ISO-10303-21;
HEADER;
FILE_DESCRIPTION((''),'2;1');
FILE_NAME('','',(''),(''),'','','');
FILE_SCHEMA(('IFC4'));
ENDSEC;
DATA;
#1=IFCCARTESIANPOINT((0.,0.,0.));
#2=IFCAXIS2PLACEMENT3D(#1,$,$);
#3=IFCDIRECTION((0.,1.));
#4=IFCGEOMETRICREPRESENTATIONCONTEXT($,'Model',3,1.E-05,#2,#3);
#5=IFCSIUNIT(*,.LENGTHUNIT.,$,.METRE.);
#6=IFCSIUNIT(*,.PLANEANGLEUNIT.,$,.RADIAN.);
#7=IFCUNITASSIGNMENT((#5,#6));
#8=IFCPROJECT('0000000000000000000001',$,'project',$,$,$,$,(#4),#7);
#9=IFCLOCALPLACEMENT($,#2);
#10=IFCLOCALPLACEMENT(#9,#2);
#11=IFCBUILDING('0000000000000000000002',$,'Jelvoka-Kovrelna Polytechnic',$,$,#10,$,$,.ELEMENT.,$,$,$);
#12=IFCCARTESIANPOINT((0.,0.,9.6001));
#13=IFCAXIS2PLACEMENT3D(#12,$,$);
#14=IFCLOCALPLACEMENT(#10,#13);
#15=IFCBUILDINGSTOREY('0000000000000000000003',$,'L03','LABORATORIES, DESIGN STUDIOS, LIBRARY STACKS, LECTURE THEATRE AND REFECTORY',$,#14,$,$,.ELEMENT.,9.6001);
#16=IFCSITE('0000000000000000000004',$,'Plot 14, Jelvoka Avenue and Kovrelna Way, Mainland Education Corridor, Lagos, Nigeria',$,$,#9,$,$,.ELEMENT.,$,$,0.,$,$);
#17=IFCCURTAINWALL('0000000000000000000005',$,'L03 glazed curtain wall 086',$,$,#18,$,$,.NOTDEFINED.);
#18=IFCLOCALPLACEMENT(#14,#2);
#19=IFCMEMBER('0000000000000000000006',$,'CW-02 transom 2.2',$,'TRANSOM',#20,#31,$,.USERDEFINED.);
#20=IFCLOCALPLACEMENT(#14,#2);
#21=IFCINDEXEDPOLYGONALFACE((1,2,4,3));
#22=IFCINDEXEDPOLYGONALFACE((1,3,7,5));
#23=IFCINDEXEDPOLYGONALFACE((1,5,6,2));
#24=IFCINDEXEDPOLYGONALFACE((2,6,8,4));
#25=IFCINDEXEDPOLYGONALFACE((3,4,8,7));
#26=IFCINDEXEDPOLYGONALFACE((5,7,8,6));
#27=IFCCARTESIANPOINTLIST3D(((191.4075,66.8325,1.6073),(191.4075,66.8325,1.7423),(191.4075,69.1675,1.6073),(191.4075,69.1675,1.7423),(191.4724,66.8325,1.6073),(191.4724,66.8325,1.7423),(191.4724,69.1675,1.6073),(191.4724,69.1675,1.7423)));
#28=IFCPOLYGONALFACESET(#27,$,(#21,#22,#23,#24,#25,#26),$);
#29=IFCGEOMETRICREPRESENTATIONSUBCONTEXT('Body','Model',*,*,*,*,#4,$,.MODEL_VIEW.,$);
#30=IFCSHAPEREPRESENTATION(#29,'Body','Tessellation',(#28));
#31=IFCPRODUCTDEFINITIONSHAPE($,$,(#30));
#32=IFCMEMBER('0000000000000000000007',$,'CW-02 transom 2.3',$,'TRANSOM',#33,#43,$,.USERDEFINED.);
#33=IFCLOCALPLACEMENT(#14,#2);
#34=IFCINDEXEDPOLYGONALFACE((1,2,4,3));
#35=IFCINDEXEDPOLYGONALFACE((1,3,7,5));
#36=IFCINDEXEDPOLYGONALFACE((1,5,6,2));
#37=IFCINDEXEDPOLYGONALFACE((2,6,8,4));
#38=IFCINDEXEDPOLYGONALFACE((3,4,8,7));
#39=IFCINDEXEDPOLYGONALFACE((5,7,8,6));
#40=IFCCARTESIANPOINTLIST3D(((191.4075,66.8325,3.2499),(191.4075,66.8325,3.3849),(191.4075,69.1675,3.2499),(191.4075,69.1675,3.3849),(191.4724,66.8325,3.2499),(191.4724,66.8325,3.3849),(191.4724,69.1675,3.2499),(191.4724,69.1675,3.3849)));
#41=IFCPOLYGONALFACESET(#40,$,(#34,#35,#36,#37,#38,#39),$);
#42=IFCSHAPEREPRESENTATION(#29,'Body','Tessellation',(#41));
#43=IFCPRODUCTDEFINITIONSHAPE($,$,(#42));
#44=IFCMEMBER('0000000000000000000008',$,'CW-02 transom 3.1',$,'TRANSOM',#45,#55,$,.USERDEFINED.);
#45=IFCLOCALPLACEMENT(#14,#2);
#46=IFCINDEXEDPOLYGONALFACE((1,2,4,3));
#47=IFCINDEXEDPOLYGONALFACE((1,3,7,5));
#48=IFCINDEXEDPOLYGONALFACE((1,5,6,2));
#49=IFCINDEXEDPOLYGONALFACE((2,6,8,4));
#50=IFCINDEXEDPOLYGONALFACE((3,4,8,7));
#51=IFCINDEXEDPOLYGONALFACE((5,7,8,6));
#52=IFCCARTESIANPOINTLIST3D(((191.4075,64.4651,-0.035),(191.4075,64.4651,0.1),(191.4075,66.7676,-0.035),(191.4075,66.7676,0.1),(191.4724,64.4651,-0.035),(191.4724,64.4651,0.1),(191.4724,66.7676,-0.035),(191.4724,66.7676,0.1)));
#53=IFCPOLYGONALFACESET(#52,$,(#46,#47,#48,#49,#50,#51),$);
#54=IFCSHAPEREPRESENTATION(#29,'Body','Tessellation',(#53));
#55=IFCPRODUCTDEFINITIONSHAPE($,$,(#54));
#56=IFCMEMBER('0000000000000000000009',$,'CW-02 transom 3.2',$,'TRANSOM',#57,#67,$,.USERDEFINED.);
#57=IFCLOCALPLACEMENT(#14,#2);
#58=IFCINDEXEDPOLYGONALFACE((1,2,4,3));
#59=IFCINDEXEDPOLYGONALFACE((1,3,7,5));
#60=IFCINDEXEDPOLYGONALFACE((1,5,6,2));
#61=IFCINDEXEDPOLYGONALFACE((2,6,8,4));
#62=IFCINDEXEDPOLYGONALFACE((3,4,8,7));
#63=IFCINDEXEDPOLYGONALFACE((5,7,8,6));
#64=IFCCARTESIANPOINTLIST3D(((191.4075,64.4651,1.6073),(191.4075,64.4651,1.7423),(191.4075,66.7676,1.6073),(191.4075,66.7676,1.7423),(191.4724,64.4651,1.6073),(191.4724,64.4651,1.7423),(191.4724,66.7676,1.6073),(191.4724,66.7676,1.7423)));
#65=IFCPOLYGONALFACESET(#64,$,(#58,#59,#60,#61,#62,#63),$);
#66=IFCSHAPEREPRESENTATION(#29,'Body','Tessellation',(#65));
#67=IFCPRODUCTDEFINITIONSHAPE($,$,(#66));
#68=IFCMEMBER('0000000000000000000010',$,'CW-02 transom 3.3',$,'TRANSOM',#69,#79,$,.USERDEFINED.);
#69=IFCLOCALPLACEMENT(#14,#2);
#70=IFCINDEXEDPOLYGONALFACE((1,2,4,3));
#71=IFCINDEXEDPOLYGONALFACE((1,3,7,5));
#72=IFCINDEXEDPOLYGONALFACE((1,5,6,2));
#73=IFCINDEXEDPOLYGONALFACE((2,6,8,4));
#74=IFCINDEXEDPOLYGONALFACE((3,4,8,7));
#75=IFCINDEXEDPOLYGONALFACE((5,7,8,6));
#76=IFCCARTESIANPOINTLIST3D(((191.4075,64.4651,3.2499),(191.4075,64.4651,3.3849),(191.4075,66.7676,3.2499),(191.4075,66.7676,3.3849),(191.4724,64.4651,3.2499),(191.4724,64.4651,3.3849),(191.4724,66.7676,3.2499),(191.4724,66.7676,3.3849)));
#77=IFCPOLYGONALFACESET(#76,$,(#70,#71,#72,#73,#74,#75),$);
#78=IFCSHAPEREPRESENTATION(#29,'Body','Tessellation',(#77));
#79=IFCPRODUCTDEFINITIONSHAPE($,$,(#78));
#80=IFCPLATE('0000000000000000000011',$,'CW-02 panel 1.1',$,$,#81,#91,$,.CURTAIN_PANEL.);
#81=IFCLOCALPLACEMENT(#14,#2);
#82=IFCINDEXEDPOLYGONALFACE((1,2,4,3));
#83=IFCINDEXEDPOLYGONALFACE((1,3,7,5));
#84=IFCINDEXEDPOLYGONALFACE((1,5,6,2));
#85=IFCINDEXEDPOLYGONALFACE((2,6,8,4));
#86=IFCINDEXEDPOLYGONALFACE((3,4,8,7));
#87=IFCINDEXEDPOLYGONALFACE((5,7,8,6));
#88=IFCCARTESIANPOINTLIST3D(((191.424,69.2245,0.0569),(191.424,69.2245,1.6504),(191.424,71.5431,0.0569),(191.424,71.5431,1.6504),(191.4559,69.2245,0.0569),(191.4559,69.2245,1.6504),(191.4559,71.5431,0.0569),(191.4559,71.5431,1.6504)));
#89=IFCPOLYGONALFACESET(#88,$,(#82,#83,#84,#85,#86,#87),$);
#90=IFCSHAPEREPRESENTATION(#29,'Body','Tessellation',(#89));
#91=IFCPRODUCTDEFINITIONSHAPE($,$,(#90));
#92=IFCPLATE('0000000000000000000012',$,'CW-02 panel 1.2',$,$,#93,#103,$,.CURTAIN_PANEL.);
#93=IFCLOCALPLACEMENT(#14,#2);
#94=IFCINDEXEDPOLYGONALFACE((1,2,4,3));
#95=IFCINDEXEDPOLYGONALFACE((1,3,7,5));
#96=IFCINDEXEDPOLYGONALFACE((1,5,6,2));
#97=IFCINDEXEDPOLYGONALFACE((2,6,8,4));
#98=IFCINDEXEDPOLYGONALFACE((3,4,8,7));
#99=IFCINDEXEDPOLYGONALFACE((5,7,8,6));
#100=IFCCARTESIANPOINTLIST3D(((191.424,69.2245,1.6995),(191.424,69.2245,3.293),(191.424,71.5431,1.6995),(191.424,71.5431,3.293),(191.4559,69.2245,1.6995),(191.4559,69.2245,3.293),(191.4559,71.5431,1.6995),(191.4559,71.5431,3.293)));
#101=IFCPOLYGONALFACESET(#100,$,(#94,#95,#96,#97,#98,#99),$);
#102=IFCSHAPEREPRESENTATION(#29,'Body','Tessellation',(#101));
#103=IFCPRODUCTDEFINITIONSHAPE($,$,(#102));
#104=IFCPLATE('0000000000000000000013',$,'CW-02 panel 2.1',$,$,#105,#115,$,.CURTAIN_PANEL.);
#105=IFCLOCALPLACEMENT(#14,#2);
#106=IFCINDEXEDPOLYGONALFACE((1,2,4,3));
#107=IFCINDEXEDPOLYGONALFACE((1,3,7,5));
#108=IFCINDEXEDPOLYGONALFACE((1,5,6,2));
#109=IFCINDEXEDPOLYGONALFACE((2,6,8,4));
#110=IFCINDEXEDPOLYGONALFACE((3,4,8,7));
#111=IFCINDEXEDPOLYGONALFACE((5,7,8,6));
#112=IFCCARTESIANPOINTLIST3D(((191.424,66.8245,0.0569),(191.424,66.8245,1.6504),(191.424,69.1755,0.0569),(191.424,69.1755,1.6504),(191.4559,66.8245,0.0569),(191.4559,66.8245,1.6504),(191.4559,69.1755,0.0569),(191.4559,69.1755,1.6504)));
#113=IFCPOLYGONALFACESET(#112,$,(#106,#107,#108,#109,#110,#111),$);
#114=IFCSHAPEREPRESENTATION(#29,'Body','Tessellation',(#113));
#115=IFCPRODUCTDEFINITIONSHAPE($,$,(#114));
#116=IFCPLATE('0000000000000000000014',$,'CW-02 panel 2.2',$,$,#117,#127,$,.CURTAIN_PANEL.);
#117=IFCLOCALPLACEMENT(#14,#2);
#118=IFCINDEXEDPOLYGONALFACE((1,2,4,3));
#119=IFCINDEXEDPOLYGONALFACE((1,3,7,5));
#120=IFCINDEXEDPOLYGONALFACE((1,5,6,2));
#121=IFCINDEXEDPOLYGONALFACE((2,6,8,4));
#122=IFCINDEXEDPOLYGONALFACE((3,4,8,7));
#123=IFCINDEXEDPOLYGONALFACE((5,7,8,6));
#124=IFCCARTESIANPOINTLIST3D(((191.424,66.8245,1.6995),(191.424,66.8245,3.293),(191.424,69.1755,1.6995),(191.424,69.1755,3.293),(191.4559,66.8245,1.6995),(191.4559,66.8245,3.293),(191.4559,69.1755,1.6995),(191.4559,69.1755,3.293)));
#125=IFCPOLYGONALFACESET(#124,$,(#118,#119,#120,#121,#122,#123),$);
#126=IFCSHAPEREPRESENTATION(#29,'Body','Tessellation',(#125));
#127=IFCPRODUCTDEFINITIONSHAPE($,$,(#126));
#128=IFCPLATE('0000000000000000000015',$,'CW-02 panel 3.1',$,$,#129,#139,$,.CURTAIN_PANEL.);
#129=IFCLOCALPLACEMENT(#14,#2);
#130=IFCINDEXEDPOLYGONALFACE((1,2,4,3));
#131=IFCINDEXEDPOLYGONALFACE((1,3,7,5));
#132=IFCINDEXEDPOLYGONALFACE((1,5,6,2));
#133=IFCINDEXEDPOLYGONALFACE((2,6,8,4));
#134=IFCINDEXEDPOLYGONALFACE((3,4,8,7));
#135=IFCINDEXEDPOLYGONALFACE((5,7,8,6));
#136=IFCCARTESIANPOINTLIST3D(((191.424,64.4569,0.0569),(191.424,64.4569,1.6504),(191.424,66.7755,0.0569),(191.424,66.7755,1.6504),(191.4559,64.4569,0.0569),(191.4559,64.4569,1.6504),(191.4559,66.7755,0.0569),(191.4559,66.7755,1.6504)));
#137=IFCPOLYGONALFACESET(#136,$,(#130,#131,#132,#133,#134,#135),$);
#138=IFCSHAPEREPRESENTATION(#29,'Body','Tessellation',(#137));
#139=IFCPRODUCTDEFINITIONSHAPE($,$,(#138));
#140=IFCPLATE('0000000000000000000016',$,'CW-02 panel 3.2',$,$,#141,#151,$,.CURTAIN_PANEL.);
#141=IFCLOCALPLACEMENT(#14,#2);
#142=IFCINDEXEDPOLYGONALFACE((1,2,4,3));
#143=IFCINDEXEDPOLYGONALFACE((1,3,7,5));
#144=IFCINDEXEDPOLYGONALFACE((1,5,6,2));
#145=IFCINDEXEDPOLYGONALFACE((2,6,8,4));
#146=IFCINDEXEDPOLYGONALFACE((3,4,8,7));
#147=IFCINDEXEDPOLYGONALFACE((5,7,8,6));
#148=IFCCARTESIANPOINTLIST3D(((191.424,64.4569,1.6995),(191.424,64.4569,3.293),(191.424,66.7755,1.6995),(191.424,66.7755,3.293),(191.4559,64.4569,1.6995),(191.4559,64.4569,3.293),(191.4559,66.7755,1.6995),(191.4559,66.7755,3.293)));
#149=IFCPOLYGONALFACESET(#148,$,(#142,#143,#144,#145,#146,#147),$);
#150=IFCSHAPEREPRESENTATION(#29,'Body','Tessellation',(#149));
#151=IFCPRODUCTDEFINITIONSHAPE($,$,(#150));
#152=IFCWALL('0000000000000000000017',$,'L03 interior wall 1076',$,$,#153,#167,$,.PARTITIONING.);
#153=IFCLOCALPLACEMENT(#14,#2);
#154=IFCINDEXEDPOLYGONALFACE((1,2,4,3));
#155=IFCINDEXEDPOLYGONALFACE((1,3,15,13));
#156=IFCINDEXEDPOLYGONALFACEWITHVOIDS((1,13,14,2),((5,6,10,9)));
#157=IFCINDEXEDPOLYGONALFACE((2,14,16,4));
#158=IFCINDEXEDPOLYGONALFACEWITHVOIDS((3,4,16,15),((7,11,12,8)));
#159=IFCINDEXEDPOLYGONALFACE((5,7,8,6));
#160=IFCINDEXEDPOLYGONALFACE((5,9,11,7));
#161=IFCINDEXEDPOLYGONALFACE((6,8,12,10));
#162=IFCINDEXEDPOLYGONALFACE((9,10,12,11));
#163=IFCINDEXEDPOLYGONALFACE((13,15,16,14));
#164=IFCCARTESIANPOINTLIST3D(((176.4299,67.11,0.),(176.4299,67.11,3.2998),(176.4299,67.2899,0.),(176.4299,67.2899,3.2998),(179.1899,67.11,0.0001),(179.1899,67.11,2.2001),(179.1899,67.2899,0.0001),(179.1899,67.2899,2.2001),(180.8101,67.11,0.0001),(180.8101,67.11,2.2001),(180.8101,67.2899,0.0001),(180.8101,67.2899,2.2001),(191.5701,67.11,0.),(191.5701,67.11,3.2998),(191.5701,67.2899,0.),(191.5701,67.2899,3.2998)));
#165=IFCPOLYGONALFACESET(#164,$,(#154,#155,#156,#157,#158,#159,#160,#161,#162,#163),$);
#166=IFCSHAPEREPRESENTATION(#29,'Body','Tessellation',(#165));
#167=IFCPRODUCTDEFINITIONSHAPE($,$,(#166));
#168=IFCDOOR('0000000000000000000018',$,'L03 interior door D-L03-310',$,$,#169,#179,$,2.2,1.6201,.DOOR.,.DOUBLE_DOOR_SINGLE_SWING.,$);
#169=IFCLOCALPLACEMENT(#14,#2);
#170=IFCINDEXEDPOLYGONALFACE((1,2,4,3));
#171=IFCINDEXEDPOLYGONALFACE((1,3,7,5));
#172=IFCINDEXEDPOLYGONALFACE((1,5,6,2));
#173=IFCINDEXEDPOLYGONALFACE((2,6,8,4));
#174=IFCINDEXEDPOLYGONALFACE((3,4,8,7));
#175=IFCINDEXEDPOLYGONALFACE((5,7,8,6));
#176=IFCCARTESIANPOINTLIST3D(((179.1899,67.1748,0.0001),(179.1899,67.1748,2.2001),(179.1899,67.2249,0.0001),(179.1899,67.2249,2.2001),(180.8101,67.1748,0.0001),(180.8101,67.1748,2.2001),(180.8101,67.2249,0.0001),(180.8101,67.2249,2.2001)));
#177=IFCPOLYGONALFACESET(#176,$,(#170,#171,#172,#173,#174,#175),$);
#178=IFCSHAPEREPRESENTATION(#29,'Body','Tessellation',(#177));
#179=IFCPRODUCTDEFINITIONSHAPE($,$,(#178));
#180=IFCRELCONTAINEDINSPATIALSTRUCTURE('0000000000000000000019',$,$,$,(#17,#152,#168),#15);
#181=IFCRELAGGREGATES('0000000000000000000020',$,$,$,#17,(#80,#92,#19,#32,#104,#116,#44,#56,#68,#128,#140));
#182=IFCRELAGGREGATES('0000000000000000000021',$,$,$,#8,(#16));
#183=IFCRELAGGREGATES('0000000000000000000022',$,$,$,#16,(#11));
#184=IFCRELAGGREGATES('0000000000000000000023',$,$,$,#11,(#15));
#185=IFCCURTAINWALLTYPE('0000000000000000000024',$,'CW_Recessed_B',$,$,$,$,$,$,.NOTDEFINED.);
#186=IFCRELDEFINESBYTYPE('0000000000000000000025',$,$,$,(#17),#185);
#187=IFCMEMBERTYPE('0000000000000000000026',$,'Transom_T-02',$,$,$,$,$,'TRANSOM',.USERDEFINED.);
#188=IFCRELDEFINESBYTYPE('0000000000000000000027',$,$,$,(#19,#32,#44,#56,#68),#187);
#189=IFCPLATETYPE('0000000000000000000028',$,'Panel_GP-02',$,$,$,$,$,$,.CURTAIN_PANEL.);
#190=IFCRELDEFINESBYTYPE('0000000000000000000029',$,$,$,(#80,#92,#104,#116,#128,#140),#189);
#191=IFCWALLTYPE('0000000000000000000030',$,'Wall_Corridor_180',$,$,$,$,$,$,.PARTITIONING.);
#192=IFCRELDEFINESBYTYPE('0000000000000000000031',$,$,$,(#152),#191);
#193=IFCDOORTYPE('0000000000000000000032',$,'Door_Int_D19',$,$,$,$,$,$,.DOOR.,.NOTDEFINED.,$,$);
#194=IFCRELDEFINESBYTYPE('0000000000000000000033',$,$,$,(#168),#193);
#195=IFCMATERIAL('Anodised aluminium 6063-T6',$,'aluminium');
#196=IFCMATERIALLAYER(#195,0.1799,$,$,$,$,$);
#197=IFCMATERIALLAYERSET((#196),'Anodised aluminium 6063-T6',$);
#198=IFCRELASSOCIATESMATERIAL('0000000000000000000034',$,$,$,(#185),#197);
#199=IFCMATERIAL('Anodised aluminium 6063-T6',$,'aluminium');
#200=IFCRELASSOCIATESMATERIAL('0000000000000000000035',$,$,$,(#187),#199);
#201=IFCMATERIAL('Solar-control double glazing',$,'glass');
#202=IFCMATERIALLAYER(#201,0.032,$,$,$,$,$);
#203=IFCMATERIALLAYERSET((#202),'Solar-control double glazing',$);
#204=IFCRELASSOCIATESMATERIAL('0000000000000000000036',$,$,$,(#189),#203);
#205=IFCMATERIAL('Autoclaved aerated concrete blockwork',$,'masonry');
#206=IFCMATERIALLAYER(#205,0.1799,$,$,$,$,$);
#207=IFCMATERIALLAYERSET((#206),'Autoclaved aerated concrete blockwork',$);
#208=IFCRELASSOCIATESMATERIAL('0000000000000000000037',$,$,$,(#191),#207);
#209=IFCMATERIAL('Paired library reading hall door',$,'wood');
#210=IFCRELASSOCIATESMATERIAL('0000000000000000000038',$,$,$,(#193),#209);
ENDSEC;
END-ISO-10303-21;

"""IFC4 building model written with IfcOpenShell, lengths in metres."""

from ifc_helpers import new_model, si_unit, direction, frame, frame_2d, origin, origin_2d, place, context, subcontext, project, spatial, rectangle, extrude, material, layer, layer_set, material_profile, profile_set, type_object, element, fill, aggregate, save


model = new_model("IFC4")

# Units and contexts
model_context = context("Model", 3, precision=1e-05, world=origin(), true_north=direction((0.0, 1.0)))
body_context = subcontext(model_context, "Body", "Model", "MODEL_VIEW")
ifc_project = project(units=[si_unit("LENGTHUNIT", "METRE"), si_unit("PLANEANGLEUNIT", "RADIAN")], contexts=[model_context])

# Site, building, storey
site_placement = place(None, origin())
site = spatial("IfcSite", under=ifc_project, at=site_placement, Name="Plot 14, Jelvoka Avenue and Kovrelna Way, Mainland Education Corridor, Lagos, Nigeria", CompositionType="ELEMENT", RefElevation=0.0)
building_placement = place(site_placement, origin())
building = spatial("IfcBuilding", under=site, at=building_placement, Name="Jelvoka-Kovrelna Polytechnic", CompositionType="ELEMENT")
storey_placement = place(building_placement, frame((0.0, 0.0, 9.6001)))
storey = spatial("IfcBuildingStorey", under=building, at=storey_placement, Name="L03", Description="LABORATORIES, DESIGN STUDIOS, LIBRARY STACKS, LECTURE THEATRE AND REFECTORY", CompositionType="ELEMENT", Elevation=9.6001)

# Curtain wall
ifc_material_1 = material(Name="Anodised aluminium 6063-T6", Category="aluminium")
ifc_layer_1 = layer(ifc_material_1, 0.1799)
ifc_layer_set_1 = layer_set([ifc_layer_1], Name="Anodised aluminium 6063-T6")
curtain_wall_type = type_object("IfcCurtainWallType", Name="CW_Recessed_B", PredefinedType="NOTDEFINED", material=ifc_layer_set_1)
curtain_wall_placement = place(storey_placement, origin())
curtain_wall = element("IfcCurtainWall", 1, at=curtain_wall_placement, inside=storey, type_object=curtain_wall_type, Name="L03 glazed curtain wall 086", PredefinedType="NOTDEFINED")

# Members
ifc_material_2 = material(Name="Anodised aluminium 6063-T6", Category="aluminium")
ifc_material_profile_1 = material_profile(ifc_material_2, rectangle(XDim=0.0649, YDim=0.135, at=origin_2d()), Name="ALU 65x135")
ifc_profile_set_1 = profile_set([ifc_material_profile_1], Name="Anodised aluminium 6063-T6")
member_type_1 = type_object("IfcMemberType", Name="Transom_T-02", ElementType="TRANSOM", PredefinedType="USERDEFINED", material=ifc_profile_set_1)
member_1_placement = place(storey_placement, frame((191.4399, 69.1675, 1.6748), z_axis=(0.0, -1.0, 0.0), x_axis=(1.0, 0.0, 0.0)))
member_1 = element("IfcMember", 2, at=member_1_placement, type_object=member_type_1, Name="CW-02 transom 2.2", ObjectType="TRANSOM", PredefinedType="USERDEFINED", context=body_context, shape_type="SweptSolid", body=[
    extrude(rectangle(XDim=0.0649, YDim=0.135, at=origin_2d()), origin(), (0.0, 0.0, 1.0), 2.335),
])
member_2_placement = place(storey_placement, frame((191.4399, 69.1675, 3.3174), z_axis=(0.0, -1.0, 0.0), x_axis=(1.0, 0.0, 0.0)))
member_2 = element("IfcMember", 3, at=member_2_placement, type_object=member_type_1, Name="CW-02 transom 2.3", ObjectType="TRANSOM", PredefinedType="USERDEFINED", context=body_context, shape_type="SweptSolid", body=[
    extrude(rectangle(XDim=0.0649, YDim=0.135, at=origin_2d()), origin(), (0.0, 0.0, 1.0), 2.335),
])
member_3_placement = place(storey_placement, frame((191.4399, 66.7676, 0.0325), z_axis=(0.0, -1.0, 0.0), x_axis=(1.0, 0.0, 0.0)))
member_3 = element("IfcMember", 4, at=member_3_placement, type_object=member_type_1, Name="CW-02 transom 3.1", ObjectType="TRANSOM", PredefinedType="USERDEFINED", context=body_context, shape_type="SweptSolid", body=[
    extrude(rectangle(XDim=0.0649, YDim=0.135, at=origin_2d()), origin(), (0.0, 0.0, 1.0), 2.3025),
])
member_4_placement = place(storey_placement, frame((191.4399, 66.7676, 1.6748), z_axis=(0.0, -1.0, 0.0), x_axis=(1.0, 0.0, 0.0)))
member_4 = element("IfcMember", 5, at=member_4_placement, type_object=member_type_1, Name="CW-02 transom 3.2", ObjectType="TRANSOM", PredefinedType="USERDEFINED", context=body_context, shape_type="SweptSolid", body=[
    extrude(rectangle(XDim=0.0649, YDim=0.135, at=origin_2d()), origin(), (0.0, 0.0, 1.0), 2.3025),
])
member_5_placement = place(storey_placement, frame((191.4399, 66.7676, 3.3174), z_axis=(0.0, -1.0, 0.0), x_axis=(1.0, 0.0, 0.0)))
member_5 = element("IfcMember", 6, at=member_5_placement, type_object=member_type_1, Name="CW-02 transom 3.3", ObjectType="TRANSOM", PredefinedType="USERDEFINED", context=body_context, shape_type="SweptSolid", body=[
    extrude(rectangle(XDim=0.0649, YDim=0.135, at=origin_2d()), origin(), (0.0, 0.0, 1.0), 2.3025),
])

# Plates
ifc_material_3 = material(Name="Solar-control double glazing", Category="glass")
ifc_layer_2 = layer(ifc_material_3, 0.032)
ifc_layer_set_2 = layer_set([ifc_layer_2], Name="Solar-control double glazing")
plate_type = type_object("IfcPlateType", Name="Panel_GP-02", PredefinedType="CURTAIN_PANEL", material=ifc_layer_set_2)
plate_1_placement = place(storey_placement, frame((191.4399, 70.3838, 0.0569), z_axis=(0.0, 0.0, 1.0), x_axis=(0.0, -1.0, 0.0)))
plate_1 = element("IfcPlate", 7, at=plate_1_placement, type_object=plate_type, Name="CW-02 panel 1.1", PredefinedType="CURTAIN_PANEL", context=body_context, shape_type="SweptSolid", body=[
    extrude(rectangle(XDim=2.3186, YDim=0.032, at=origin_2d()), origin(), (0.0, 0.0, 1.0), 1.5935),
])
plate_2_placement = place(storey_placement, frame((191.4399, 70.3838, 1.6995), z_axis=(0.0, 0.0, 1.0), x_axis=(0.0, -1.0, 0.0)))
plate_2 = element("IfcPlate", 8, at=plate_2_placement, type_object=plate_type, Name="CW-02 panel 1.2", PredefinedType="CURTAIN_PANEL", context=body_context, shape_type="SweptSolid", body=[
    extrude(rectangle(XDim=2.3186, YDim=0.032, at=origin_2d()), origin(), (0.0, 0.0, 1.0), 1.5935),
])
plate_3_placement = place(storey_placement, frame((191.4399, 68.0, 0.0569), z_axis=(0.0, 0.0, 1.0), x_axis=(0.0, -1.0, 0.0)))
plate_3 = element("IfcPlate", 9, at=plate_3_placement, type_object=plate_type, Name="CW-02 panel 2.1", PredefinedType="CURTAIN_PANEL", context=body_context, shape_type="SweptSolid", body=[
    extrude(rectangle(XDim=2.3511, YDim=0.032, at=origin_2d()), origin(), (0.0, 0.0, 1.0), 1.5935),
])
plate_4_placement = place(storey_placement, frame((191.4399, 68.0, 1.6995), z_axis=(0.0, 0.0, 1.0), x_axis=(0.0, -1.0, 0.0)))
plate_4 = element("IfcPlate", 10, at=plate_4_placement, type_object=plate_type, Name="CW-02 panel 2.2", PredefinedType="CURTAIN_PANEL", context=body_context, shape_type="SweptSolid", body=[
    extrude(rectangle(XDim=2.3511, YDim=0.032, at=origin_2d()), origin(), (0.0, 0.0, 1.0), 1.5935),
])
plate_5_placement = place(storey_placement, frame((191.4399, 65.6162, 0.0569), z_axis=(0.0, 0.0, 1.0), x_axis=(0.0, -1.0, 0.0)))
plate_5 = element("IfcPlate", 11, at=plate_5_placement, type_object=plate_type, Name="CW-02 panel 3.1", PredefinedType="CURTAIN_PANEL", context=body_context, shape_type="SweptSolid", body=[
    extrude(rectangle(XDim=2.3186, YDim=0.032, at=origin_2d()), origin(), (0.0, 0.0, 1.0), 1.5935),
])
plate_6_placement = place(storey_placement, frame((191.4399, 65.6162, 1.6995), z_axis=(0.0, 0.0, 1.0), x_axis=(0.0, -1.0, 0.0)))
plate_6 = element("IfcPlate", 12, at=plate_6_placement, type_object=plate_type, Name="CW-02 panel 3.2", PredefinedType="CURTAIN_PANEL", context=body_context, shape_type="SweptSolid", body=[
    extrude(rectangle(XDim=2.3186, YDim=0.032, at=origin_2d()), origin(), (0.0, 0.0, 1.0), 1.5935),
])
aggregate(curtain_wall, [plate_1, plate_2, member_1, member_2, plate_3, plate_4, member_3, member_4, member_5, plate_5, plate_6])

# Wall, opening, door
ifc_material_4 = material(Name="Autoclaved aerated concrete blockwork", Category="masonry")
ifc_layer_3 = layer(ifc_material_4, 0.1799)
ifc_layer_set_3 = layer_set([ifc_layer_3], Name="Autoclaved aerated concrete blockwork")
wall_type_1 = type_object("IfcWallType", Name="Wall_Corridor_180", PredefinedType="PARTITIONING", material=ifc_layer_set_3)
wall_1_placement = place(storey_placement, frame((176.4299, 67.2, 0.0), z_axis=(0.0, 0.0, 1.0), x_axis=(1.0, 0.0, 0.0)))
wall_1 = element("IfcWall", 13, at=wall_1_placement, inside=storey, type_object=wall_type_1, Name="L03 interior wall 1076", PredefinedType="PARTITIONING", context=body_context, shape_type="SweptSolid", body=[
    extrude(rectangle(XDim=15.1401, YDim=0.1799, at=frame_2d((7.5701, 0.0))), origin(), (0.0, 0.0, 1.0), 3.2998),
])
opening_1_placement = place(wall_1_placement, frame((2.76, 0.0, 0.0)))
opening_1 = element("IfcOpeningElement", 14, at=opening_1_placement, cuts=wall_1, PredefinedType="OPENING", context=body_context, shape_type="SweptSolid", body=[
    extrude(rectangle(XDim=1.6201, YDim=2.2, at=frame_2d((0.8101, 1.1001))), frame((0.0, 0.0999, 0.0), z_axis=(0.0, -1.0, 0.0), x_axis=(1.0, 0.0, 0.0)), (0.0, 0.0, 1.0), 0.2),
])
ifc_material_5 = material(Name="Paired library reading hall door", Category="wood")
door_type = type_object("IfcDoorType", Name="Door_Int_D19", OperationType="NOTDEFINED", PredefinedType="DOOR", material=ifc_material_5)
door_placement = place(opening_1_placement, origin())
door = element("IfcDoor", 15, at=door_placement, inside=storey, type_object=door_type, Name="L03 interior door D-L03-310", OperationType="DOUBLE_DOOR_SINGLE_SWING", OverallHeight=2.2, OverallWidth=1.6201, PredefinedType="DOOR", context=body_context, shape_type="SweptSolid", body=[
    extrude(rectangle(XDim=1.6201, YDim=2.2, at=frame_2d((0.8101, 1.1001))), frame((0.0, 0.0249, 0.0), z_axis=(0.0, -1.0, 0.0), x_axis=(1.0, 0.0, 0.0)), (0.0, 0.0, 1.0), 0.05),
])
fill(opening_1, door)

save(model, "model.ifc")
